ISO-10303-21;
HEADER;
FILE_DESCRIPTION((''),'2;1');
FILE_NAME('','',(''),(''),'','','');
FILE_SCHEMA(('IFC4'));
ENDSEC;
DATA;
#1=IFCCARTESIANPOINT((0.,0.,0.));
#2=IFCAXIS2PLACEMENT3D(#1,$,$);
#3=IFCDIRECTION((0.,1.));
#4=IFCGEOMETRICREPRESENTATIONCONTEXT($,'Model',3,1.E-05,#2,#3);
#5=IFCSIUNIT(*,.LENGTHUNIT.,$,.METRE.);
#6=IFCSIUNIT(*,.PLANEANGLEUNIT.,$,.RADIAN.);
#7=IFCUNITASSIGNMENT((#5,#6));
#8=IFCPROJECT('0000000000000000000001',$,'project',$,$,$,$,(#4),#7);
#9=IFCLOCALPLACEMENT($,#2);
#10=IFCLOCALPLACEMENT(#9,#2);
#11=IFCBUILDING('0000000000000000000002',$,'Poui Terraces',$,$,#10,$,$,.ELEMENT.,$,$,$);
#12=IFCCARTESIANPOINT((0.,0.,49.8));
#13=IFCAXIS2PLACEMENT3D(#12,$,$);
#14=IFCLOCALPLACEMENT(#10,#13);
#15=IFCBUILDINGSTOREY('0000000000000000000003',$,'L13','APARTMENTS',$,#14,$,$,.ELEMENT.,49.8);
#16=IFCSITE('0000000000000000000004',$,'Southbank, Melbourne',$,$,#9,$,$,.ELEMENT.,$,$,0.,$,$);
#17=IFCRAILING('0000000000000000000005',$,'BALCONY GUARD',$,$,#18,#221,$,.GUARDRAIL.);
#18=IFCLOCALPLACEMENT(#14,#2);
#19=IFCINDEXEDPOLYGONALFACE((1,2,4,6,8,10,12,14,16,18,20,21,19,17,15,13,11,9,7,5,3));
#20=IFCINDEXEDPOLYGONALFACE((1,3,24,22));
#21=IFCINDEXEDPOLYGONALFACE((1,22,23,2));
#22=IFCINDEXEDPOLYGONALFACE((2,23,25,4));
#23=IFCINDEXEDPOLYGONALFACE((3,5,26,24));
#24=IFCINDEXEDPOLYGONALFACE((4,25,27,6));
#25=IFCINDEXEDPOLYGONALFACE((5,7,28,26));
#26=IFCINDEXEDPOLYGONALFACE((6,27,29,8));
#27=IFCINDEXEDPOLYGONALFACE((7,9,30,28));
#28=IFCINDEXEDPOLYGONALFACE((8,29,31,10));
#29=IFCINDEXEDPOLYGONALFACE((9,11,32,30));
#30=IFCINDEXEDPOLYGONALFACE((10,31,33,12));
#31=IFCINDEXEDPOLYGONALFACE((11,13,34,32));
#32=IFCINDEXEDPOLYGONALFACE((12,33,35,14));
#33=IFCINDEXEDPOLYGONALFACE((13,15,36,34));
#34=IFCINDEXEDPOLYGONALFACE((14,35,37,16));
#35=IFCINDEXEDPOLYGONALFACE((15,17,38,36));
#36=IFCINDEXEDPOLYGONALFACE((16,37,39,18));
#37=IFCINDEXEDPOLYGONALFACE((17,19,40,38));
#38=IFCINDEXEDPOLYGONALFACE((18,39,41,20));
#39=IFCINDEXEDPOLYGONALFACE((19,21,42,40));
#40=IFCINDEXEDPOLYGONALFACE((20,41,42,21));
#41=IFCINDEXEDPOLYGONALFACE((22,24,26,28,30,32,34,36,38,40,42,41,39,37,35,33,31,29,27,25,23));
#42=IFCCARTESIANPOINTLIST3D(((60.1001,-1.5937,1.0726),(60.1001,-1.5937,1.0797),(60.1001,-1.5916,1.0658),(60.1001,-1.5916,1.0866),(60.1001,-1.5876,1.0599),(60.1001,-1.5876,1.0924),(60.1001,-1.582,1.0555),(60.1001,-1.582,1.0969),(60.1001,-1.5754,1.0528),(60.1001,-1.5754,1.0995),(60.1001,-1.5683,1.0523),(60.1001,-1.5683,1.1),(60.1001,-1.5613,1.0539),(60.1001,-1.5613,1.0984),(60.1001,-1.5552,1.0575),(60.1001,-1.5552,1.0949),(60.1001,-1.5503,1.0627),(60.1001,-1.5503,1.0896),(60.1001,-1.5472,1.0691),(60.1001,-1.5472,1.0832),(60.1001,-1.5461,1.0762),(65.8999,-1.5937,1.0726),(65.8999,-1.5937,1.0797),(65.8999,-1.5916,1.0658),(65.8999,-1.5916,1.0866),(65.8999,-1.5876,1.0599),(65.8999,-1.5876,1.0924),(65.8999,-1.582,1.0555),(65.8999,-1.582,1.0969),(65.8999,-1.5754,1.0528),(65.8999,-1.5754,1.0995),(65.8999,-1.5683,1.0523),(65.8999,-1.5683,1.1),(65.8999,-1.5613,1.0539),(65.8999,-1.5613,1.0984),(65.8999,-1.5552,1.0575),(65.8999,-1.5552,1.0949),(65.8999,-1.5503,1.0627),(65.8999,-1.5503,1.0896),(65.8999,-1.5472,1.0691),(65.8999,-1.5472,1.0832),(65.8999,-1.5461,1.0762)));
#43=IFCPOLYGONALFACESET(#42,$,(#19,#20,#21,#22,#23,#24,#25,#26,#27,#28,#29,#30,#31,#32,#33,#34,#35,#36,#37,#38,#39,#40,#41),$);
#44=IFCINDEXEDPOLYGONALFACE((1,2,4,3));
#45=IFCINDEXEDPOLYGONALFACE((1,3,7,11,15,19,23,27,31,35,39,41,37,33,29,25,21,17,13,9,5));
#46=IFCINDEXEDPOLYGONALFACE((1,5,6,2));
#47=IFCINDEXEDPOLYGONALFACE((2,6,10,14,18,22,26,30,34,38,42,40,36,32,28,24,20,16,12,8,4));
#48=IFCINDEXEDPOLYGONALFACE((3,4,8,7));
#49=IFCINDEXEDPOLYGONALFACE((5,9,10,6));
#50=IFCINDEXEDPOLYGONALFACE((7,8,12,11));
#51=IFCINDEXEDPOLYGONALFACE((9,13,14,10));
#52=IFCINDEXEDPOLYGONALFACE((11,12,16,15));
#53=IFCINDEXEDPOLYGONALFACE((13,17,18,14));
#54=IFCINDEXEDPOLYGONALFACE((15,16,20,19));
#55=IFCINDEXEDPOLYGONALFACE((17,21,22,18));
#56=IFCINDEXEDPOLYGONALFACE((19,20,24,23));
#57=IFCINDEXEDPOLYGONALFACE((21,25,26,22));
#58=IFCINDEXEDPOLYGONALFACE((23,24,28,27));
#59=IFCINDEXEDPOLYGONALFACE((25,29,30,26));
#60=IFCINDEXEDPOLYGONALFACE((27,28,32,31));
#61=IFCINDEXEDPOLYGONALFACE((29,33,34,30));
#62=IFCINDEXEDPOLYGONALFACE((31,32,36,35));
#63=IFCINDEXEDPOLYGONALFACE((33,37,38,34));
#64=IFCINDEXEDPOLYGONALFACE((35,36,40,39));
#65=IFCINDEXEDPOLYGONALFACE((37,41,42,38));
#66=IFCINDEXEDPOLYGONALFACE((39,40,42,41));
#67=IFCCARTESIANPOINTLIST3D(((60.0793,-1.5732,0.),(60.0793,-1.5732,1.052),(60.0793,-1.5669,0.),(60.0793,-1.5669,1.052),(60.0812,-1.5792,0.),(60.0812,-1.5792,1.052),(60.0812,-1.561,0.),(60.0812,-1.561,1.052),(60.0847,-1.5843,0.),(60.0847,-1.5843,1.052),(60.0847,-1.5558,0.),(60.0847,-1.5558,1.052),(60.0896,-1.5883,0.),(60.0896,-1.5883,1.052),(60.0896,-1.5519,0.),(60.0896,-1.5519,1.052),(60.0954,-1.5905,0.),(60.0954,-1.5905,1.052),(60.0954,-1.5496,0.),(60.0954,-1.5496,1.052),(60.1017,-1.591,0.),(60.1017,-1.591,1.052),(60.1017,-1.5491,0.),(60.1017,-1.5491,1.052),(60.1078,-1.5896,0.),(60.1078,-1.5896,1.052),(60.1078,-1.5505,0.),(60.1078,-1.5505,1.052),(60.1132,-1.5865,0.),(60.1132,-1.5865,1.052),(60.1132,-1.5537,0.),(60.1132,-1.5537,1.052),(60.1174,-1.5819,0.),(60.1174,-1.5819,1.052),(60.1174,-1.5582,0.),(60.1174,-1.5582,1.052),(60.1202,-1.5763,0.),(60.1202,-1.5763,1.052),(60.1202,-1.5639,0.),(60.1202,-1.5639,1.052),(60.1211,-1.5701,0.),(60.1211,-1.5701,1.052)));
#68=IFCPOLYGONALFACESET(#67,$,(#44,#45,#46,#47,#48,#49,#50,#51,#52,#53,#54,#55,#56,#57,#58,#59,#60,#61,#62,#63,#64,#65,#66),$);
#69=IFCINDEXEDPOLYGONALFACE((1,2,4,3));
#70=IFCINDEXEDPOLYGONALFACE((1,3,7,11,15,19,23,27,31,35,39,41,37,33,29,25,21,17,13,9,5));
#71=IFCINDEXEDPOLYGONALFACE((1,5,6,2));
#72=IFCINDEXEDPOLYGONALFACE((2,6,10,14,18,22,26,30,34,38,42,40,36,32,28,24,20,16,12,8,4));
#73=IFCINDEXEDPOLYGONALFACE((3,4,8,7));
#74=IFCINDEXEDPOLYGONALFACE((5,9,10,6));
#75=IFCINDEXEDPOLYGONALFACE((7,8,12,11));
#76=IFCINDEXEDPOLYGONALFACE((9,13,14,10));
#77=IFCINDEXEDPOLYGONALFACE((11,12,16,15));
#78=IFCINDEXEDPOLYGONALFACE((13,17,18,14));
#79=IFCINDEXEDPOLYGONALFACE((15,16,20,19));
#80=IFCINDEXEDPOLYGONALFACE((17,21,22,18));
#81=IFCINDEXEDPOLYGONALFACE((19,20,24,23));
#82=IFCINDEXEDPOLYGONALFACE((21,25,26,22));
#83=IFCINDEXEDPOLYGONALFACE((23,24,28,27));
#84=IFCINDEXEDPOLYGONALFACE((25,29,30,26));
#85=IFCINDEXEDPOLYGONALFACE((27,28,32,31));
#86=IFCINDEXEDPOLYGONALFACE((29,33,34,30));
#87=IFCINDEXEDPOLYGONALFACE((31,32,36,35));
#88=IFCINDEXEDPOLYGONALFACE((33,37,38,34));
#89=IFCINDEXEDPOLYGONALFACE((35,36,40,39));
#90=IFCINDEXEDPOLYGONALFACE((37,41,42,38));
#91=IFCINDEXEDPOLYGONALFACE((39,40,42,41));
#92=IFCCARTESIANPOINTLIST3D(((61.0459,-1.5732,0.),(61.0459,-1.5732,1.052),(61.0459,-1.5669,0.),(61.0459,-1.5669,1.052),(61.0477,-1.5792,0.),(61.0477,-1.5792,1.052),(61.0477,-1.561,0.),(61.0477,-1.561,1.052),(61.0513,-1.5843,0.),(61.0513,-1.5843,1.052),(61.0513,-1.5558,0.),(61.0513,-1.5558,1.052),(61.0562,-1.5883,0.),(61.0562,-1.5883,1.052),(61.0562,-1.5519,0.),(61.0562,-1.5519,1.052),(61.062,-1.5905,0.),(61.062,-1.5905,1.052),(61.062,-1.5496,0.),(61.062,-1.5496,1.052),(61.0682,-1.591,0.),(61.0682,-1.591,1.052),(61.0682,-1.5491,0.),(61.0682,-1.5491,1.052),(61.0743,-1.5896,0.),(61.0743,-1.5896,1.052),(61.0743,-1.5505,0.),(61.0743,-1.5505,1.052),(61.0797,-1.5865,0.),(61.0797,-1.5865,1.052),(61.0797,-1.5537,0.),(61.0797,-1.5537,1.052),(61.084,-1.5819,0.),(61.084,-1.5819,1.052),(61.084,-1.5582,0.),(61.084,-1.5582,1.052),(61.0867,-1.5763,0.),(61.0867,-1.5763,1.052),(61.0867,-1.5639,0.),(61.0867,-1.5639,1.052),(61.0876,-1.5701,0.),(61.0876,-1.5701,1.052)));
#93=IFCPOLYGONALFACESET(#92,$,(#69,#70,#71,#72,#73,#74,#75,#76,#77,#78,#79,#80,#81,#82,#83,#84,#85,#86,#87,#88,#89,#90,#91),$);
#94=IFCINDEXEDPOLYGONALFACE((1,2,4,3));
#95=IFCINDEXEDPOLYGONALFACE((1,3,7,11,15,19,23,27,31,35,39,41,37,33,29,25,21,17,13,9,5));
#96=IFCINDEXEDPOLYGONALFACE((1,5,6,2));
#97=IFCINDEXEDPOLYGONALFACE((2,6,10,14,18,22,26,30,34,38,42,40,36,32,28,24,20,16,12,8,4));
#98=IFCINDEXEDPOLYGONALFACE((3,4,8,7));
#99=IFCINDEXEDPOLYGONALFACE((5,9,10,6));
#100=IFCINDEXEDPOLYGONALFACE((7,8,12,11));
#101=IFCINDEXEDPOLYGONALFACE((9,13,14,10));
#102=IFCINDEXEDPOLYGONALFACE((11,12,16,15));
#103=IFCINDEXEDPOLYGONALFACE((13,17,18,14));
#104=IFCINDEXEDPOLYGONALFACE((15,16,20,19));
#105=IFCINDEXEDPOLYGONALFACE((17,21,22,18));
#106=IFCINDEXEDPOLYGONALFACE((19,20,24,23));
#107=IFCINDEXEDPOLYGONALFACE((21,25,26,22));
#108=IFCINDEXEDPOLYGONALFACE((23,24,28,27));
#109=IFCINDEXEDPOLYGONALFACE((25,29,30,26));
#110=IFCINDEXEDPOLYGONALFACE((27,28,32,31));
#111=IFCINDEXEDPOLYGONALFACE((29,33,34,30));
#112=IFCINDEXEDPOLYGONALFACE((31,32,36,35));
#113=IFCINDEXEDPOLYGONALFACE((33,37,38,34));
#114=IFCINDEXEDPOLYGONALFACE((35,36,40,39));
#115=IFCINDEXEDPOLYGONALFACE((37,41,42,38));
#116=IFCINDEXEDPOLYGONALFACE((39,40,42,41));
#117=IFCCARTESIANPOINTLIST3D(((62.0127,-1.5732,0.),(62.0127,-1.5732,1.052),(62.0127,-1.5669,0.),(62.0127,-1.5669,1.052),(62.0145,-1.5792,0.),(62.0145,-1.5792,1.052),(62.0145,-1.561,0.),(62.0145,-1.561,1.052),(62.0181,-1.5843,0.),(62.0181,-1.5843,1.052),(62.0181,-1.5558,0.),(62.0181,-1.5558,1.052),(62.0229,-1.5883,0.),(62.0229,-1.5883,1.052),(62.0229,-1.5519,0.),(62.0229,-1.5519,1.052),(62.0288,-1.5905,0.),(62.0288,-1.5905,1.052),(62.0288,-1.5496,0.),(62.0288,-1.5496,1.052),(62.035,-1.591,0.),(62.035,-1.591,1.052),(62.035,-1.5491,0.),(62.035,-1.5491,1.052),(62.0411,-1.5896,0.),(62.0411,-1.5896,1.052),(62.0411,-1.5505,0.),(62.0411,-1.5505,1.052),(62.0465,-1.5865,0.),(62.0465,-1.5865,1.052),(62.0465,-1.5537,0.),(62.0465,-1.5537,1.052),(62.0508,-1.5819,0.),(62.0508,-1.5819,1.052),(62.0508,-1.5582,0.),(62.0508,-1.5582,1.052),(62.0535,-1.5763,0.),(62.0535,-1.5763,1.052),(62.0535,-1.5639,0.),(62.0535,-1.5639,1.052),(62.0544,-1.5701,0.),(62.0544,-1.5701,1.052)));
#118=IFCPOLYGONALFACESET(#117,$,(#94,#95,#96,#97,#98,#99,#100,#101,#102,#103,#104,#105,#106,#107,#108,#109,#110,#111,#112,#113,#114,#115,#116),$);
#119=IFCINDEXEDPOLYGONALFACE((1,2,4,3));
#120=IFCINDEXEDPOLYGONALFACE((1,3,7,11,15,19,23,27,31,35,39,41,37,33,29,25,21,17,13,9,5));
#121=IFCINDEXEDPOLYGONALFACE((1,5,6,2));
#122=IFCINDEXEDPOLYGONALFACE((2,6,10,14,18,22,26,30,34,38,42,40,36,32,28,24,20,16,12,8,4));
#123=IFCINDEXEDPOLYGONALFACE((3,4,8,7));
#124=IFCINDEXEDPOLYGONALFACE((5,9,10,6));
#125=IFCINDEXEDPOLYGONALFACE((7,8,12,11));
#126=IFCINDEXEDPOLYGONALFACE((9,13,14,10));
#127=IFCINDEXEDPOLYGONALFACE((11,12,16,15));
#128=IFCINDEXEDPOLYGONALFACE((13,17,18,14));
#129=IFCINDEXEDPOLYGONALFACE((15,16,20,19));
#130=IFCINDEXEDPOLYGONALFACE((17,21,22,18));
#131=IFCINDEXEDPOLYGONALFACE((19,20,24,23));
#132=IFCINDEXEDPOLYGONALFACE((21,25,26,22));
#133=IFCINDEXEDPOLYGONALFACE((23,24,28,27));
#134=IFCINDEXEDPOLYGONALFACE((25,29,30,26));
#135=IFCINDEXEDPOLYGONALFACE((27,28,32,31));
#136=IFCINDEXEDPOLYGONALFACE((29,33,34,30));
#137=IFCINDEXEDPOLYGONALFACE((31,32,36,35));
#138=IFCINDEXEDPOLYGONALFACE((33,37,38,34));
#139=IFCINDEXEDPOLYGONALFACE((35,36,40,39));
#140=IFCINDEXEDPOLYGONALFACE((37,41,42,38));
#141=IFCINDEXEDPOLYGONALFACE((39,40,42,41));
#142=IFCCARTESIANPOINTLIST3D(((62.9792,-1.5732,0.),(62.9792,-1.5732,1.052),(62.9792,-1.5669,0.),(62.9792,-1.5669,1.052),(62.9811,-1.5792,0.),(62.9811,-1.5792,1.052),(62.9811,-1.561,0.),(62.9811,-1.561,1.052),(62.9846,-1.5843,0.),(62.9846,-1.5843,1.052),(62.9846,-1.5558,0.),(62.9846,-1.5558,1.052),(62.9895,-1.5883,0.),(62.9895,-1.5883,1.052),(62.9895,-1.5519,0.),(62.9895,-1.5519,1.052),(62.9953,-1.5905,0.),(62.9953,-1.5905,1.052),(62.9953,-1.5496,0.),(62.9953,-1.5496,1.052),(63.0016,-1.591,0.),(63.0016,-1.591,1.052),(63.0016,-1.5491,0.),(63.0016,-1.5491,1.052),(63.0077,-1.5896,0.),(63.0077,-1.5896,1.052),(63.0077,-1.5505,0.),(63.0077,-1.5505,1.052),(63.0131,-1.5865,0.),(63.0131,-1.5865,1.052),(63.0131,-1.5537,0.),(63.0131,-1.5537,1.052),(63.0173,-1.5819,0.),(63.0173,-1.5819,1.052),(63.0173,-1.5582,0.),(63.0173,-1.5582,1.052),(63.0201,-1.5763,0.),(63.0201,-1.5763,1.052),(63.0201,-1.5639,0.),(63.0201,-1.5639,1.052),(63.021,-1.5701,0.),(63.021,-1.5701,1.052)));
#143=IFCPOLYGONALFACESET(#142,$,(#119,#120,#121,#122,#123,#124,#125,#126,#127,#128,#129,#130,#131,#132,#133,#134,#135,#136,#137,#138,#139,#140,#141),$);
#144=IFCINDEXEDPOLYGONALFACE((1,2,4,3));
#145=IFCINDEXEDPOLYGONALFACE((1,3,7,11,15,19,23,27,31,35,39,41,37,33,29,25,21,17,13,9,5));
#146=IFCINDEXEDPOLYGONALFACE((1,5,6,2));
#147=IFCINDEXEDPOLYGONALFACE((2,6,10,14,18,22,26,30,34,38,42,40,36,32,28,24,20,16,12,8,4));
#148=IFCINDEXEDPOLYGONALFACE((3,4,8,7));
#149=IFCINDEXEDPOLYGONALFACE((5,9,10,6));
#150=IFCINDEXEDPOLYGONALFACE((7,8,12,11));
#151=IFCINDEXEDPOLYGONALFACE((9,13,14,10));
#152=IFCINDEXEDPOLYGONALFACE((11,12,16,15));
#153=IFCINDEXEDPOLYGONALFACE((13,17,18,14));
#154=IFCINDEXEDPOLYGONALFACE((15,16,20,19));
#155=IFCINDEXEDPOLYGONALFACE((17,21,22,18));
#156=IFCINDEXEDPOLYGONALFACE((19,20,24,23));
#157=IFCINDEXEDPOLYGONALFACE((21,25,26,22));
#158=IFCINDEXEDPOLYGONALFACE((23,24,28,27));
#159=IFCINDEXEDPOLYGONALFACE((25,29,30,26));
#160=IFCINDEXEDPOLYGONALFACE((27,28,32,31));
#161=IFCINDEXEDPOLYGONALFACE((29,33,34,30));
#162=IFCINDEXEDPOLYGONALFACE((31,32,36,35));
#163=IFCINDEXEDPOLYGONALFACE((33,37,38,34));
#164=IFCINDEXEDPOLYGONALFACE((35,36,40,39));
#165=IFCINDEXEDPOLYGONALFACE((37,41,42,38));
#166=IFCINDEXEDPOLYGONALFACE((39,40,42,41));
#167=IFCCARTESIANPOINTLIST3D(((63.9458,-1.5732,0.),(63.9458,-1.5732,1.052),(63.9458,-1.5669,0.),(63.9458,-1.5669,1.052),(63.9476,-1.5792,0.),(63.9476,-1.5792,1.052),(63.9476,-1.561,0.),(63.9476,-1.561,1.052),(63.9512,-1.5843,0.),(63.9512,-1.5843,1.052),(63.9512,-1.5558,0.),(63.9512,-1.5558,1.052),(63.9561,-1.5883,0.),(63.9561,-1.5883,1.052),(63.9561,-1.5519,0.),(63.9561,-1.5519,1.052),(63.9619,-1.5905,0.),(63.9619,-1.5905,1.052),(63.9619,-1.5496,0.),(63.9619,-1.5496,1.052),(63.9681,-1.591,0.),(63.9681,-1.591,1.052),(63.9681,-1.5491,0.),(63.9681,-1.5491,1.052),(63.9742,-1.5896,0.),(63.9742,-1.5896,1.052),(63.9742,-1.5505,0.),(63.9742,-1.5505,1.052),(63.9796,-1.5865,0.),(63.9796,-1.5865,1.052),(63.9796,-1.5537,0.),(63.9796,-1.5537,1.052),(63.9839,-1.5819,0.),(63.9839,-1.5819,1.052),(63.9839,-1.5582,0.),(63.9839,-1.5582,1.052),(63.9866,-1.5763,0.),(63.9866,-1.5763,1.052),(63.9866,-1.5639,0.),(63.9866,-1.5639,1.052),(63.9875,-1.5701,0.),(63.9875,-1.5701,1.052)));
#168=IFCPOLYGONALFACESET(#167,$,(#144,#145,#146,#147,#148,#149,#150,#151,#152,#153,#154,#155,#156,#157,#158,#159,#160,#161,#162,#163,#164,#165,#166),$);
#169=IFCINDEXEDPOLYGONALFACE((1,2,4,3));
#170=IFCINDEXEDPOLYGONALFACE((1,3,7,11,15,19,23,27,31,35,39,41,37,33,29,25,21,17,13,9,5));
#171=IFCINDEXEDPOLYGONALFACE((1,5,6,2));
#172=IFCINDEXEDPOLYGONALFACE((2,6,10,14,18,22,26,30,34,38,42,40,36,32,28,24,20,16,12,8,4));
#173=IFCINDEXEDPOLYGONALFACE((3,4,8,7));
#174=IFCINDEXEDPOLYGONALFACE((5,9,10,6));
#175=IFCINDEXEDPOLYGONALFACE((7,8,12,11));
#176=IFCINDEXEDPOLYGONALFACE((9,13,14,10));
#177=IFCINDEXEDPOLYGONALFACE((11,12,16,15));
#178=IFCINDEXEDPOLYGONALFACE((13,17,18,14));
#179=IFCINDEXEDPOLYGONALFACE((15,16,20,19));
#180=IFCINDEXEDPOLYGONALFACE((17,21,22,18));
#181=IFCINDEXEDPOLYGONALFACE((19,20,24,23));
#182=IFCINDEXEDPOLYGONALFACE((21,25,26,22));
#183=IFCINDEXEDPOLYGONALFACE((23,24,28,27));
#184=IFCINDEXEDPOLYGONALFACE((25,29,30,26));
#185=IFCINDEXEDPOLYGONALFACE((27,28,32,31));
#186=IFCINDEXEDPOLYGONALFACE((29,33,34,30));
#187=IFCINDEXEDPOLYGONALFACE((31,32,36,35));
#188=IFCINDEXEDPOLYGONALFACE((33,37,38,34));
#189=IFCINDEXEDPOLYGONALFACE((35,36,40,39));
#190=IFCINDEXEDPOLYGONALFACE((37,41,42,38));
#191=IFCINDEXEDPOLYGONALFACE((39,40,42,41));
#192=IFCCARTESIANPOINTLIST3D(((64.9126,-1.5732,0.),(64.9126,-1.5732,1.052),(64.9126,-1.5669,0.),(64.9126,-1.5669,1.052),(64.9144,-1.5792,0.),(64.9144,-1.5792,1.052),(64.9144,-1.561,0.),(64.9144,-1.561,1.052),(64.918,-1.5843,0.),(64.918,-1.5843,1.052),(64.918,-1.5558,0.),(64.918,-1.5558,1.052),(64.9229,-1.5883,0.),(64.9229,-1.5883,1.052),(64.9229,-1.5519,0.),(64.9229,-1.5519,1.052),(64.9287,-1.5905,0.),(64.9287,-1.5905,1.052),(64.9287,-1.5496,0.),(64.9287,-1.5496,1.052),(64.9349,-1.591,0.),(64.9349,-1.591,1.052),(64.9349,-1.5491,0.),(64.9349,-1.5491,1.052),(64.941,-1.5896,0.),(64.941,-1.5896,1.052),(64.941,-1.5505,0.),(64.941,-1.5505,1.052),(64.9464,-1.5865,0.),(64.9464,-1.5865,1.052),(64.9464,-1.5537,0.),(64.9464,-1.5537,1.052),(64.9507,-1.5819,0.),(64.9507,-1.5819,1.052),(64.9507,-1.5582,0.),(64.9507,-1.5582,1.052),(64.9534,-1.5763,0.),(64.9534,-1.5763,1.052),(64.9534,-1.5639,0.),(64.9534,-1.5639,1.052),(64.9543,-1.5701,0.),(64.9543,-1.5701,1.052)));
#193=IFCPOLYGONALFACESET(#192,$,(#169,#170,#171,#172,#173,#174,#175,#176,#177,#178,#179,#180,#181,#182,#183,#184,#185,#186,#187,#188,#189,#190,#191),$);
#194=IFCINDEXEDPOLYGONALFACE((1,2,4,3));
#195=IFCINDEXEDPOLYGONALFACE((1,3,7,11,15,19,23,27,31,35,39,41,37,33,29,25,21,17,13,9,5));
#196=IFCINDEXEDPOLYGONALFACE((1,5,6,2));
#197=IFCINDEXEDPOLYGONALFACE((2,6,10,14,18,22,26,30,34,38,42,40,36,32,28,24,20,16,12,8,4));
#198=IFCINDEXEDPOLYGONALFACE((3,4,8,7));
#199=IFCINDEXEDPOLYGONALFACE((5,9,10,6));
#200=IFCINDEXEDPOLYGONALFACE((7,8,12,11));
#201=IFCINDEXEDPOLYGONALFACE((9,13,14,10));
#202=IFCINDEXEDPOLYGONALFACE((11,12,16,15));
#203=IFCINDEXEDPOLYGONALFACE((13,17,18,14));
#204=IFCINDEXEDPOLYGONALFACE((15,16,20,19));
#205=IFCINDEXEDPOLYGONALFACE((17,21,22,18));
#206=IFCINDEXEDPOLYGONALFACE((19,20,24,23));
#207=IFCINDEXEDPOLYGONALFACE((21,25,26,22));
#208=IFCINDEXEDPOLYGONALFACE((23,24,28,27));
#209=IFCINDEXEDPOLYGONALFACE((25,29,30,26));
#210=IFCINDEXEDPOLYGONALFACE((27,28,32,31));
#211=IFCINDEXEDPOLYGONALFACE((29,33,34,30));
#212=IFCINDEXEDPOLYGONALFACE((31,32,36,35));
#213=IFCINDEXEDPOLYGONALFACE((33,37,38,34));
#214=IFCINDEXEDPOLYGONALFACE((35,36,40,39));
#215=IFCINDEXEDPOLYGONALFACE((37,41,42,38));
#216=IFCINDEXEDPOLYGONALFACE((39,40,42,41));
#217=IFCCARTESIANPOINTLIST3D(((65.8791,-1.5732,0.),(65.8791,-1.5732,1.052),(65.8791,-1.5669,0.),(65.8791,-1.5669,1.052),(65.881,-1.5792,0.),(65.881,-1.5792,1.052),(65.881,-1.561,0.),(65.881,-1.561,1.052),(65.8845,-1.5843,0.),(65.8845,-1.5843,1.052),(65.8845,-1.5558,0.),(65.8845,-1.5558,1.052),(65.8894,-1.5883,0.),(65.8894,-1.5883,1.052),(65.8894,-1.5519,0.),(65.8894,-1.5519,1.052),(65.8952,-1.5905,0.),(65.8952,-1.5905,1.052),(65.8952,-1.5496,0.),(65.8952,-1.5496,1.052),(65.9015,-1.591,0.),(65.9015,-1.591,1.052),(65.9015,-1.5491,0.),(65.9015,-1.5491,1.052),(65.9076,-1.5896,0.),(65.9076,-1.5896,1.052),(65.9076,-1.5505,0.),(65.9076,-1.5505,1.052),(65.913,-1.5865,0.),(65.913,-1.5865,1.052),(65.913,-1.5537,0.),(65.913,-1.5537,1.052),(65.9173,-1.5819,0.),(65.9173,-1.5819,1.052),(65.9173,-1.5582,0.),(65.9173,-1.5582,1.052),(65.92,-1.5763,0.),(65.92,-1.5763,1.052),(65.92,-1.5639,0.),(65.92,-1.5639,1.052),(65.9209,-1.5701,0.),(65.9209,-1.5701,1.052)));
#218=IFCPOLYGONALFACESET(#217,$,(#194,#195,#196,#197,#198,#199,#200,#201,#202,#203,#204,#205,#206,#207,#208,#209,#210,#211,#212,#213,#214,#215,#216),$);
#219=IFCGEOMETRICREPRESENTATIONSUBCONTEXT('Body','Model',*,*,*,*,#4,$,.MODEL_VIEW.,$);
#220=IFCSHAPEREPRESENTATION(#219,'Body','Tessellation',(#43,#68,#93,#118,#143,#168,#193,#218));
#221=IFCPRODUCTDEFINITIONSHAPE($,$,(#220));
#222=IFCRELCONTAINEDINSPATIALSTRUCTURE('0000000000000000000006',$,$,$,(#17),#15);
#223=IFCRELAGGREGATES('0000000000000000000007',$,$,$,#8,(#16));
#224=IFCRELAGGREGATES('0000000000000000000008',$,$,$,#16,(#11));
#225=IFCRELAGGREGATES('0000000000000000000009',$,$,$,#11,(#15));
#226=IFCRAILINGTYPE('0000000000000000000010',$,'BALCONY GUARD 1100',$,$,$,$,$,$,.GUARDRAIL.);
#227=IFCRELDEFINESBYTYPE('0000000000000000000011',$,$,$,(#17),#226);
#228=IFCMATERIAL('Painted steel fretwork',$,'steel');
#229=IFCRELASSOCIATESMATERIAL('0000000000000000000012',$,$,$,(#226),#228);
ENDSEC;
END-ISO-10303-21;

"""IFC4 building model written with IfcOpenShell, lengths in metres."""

from ifc_helpers import new_model, si_unit, direction, frame, origin, origin_2d, place, context, subcontext, project, spatial, circle, extrude, material, type_object, element, save


model = new_model("IFC4")

# Units and contexts
model_context = context("Model", 3, precision=1e-05, world=origin(), true_north=direction((0.0, 1.0)))
body_context = subcontext(model_context, "Body", "Model", "MODEL_VIEW")
ifc_project = project(units=[si_unit("LENGTHUNIT", "METRE"), si_unit("PLANEANGLEUNIT", "RADIAN")], contexts=[model_context])

# Site, building, storey
site_placement = place(None, origin())
site = spatial("IfcSite", under=ifc_project, at=site_placement, Name="Southbank, Melbourne", CompositionType="ELEMENT", RefElevation=0.0)
building_placement = place(site_placement, origin())
building = spatial("IfcBuilding", under=site, at=building_placement, Name="Poui Terraces", CompositionType="ELEMENT")
storey_placement = place(building_placement, frame((0.0, 0.0, 49.8)))
storey = spatial("IfcBuildingStorey", under=building, at=storey_placement, Name="L13", Description="APARTMENTS", CompositionType="ELEMENT", Elevation=49.8)

# Railing
ifc_material_1 = material(Name="Painted steel fretwork", Category="steel")
railing_type = type_object("IfcRailingType", Name="BALCONY GUARD 1100", PredefinedType="GUARDRAIL", material=ifc_material_1)
railing_placement = place(storey_placement, frame((60.1001, -1.5701, 0.0)))
element("IfcRailing", 1, at=railing_placement, inside=storey, type_object=railing_type, Name="BALCONY GUARD", PredefinedType="GUARDRAIL", context=body_context, shape_type="SweptSolid", body=[
    extrude(circle(Radius=0.0239, at=origin_2d()), frame((0.0, 0.0, 1.0762), z_axis=(1.0, 0.0, 0.0), x_axis=(0.0, 1.0, 0.0)), (0.0, 0.0, 1.0), 5.7998),
    extrude(circle(Radius=0.021, at=origin_2d()), origin(), (0.0, 0.0, 1.0), 1.052),
    extrude(circle(Radius=0.021, at=origin_2d()), frame((0.9666, 0.0, 0.0)), (0.0, 0.0, 1.0), 1.052),
    extrude(circle(Radius=0.021, at=origin_2d()), frame((1.9333, 0.0, 0.0)), (0.0, 0.0, 1.0), 1.052),
    extrude(circle(Radius=0.021, at=origin_2d()), frame((2.8999, 0.0, 0.0)), (0.0, 0.0, 1.0), 1.052),
    extrude(circle(Radius=0.021, at=origin_2d()), frame((3.8665, 0.0, 0.0)), (0.0, 0.0, 1.0), 1.052),
    extrude(circle(Radius=0.021, at=origin_2d()), frame((4.8333, 0.0, 0.0)), (0.0, 0.0, 1.0), 1.052),
    extrude(circle(Radius=0.021, at=origin_2d()), frame((5.7998, 0.0, 0.0)), (0.0, 0.0, 1.0), 1.052),
])

save(model, "model.ifc")
